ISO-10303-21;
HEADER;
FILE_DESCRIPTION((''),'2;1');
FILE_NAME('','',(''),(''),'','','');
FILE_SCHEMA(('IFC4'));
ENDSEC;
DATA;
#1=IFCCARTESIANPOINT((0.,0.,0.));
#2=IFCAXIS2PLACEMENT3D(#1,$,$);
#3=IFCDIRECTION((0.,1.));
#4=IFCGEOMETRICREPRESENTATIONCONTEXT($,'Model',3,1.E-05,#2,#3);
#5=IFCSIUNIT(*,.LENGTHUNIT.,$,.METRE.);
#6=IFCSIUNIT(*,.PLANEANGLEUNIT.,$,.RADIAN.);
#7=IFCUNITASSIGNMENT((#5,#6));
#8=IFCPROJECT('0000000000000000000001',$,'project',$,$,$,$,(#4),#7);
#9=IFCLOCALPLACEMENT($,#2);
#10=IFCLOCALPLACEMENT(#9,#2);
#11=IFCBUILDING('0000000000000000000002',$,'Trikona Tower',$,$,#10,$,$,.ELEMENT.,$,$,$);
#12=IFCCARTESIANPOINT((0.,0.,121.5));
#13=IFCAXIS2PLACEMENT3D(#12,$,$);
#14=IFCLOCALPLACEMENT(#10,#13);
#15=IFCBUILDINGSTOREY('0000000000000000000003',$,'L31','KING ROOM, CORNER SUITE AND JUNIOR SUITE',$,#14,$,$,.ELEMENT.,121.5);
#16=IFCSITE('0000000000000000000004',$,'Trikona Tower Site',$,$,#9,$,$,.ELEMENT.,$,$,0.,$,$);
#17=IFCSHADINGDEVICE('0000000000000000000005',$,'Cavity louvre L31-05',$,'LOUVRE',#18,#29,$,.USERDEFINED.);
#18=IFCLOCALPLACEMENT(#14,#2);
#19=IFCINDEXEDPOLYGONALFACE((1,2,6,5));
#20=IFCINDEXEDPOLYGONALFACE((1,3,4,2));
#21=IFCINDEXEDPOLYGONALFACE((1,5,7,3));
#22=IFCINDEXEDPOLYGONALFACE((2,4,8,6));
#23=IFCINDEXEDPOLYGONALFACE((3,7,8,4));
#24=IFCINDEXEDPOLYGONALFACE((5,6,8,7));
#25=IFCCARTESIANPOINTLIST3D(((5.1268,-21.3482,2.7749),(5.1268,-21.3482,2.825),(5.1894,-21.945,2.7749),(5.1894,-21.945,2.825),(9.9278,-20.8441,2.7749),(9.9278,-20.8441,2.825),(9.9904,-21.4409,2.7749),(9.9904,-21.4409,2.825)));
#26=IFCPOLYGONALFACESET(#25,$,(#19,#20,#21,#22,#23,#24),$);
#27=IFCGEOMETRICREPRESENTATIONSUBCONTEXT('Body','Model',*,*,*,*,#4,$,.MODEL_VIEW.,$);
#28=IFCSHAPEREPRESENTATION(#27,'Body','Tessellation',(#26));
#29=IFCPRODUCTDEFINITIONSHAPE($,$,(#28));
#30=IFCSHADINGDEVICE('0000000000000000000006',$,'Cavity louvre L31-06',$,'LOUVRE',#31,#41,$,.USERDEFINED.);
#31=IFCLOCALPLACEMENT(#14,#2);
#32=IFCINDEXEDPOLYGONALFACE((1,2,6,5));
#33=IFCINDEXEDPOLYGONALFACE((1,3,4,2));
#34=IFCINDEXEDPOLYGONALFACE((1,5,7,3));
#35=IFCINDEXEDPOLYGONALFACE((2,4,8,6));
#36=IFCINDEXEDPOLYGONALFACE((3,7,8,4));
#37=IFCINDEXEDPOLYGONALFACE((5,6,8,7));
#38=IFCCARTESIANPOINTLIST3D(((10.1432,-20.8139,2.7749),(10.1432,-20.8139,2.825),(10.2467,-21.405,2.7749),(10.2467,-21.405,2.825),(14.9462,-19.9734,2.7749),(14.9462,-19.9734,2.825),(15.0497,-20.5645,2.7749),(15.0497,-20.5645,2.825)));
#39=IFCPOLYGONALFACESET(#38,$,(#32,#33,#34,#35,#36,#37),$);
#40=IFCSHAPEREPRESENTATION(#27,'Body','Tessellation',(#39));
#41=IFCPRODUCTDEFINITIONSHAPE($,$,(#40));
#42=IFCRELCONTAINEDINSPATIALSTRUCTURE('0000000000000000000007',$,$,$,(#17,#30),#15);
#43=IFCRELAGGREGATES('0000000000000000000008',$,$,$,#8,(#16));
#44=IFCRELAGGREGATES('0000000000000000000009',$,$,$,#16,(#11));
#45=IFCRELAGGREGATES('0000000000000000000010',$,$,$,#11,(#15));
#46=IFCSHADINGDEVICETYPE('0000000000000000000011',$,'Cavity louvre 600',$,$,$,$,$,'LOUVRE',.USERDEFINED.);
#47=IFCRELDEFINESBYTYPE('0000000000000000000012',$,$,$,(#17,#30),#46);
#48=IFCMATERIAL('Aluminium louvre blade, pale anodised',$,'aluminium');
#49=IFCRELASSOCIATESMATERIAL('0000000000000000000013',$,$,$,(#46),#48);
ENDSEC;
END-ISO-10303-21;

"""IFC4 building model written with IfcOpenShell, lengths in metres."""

from ifc_helpers import new_model, si_unit, direction, frame, origin, origin_2d, place, context, subcontext, project, spatial, rectangle, extrude, material, type_object, element, save


model = new_model("IFC4")

# Units and contexts
model_context = context("Model", 3, precision=1e-05, world=origin(), true_north=direction((0.0, 1.0)))
body_context = subcontext(model_context, "Body", "Model", "MODEL_VIEW")
ifc_project = project(units=[si_unit("LENGTHUNIT", "METRE"), si_unit("PLANEANGLEUNIT", "RADIAN")], contexts=[model_context])

# Site, building, storey
site_placement = place(None, origin())
site = spatial("IfcSite", under=ifc_project, at=site_placement, Name="Trikona Tower Site", CompositionType="ELEMENT", RefElevation=0.0)
building_placement = place(site_placement, origin())
building = spatial("IfcBuilding", under=site, at=building_placement, Name="Trikona Tower", CompositionType="ELEMENT")
storey_placement = place(building_placement, frame((0.0, 0.0, 121.5)))
storey = spatial("IfcBuildingStorey", under=building, at=storey_placement, Name="L31", Description="KING ROOM, CORNER SUITE AND JUNIOR SUITE", CompositionType="ELEMENT", Elevation=121.5)

# Shading devices
ifc_material_1 = material(Name="Aluminium louvre blade, pale anodised", Category="aluminium")
shading_device_type = type_object("IfcShadingDeviceType", Name="Cavity louvre 600", ElementType="LOUVRE", PredefinedType="USERDEFINED", material=ifc_material_1)
shading_device_1_placement = place(storey_placement, frame((7.5586, -21.3945, 2.7749), z_axis=(0.0, 0.0, 1.0), x_axis=(0.994533, 0.104426, 0.0)))
element("IfcShadingDevice", 1, at=shading_device_1_placement, inside=storey, type_object=shading_device_type, Name="Cavity louvre L31-05", ObjectType="LOUVRE", PredefinedType="USERDEFINED", context=body_context, shape_type="SweptSolid", body=[
    extrude(rectangle(XDim=4.8274, YDim=0.6001, at=origin_2d()), origin(), (0.0, 0.0, 1.0), 0.05),
])
shading_device_2_placement = place(storey_placement, frame((12.5964, -20.6892, 2.7749), z_axis=(0.0, 0.0, 1.0), x_axis=(0.985031, 0.17238, 0.0)))
element("IfcShadingDevice", 2, at=shading_device_2_placement, inside=storey, type_object=shading_device_type, Name="Cavity louvre L31-06", ObjectType="LOUVRE", PredefinedType="USERDEFINED", context=body_context, shape_type="SweptSolid", body=[
    extrude(rectangle(XDim=4.876, YDim=0.6001, at=origin_2d()), origin(), (0.0, 0.0, 1.0), 0.05),
])

save(model, "model.ifc")
